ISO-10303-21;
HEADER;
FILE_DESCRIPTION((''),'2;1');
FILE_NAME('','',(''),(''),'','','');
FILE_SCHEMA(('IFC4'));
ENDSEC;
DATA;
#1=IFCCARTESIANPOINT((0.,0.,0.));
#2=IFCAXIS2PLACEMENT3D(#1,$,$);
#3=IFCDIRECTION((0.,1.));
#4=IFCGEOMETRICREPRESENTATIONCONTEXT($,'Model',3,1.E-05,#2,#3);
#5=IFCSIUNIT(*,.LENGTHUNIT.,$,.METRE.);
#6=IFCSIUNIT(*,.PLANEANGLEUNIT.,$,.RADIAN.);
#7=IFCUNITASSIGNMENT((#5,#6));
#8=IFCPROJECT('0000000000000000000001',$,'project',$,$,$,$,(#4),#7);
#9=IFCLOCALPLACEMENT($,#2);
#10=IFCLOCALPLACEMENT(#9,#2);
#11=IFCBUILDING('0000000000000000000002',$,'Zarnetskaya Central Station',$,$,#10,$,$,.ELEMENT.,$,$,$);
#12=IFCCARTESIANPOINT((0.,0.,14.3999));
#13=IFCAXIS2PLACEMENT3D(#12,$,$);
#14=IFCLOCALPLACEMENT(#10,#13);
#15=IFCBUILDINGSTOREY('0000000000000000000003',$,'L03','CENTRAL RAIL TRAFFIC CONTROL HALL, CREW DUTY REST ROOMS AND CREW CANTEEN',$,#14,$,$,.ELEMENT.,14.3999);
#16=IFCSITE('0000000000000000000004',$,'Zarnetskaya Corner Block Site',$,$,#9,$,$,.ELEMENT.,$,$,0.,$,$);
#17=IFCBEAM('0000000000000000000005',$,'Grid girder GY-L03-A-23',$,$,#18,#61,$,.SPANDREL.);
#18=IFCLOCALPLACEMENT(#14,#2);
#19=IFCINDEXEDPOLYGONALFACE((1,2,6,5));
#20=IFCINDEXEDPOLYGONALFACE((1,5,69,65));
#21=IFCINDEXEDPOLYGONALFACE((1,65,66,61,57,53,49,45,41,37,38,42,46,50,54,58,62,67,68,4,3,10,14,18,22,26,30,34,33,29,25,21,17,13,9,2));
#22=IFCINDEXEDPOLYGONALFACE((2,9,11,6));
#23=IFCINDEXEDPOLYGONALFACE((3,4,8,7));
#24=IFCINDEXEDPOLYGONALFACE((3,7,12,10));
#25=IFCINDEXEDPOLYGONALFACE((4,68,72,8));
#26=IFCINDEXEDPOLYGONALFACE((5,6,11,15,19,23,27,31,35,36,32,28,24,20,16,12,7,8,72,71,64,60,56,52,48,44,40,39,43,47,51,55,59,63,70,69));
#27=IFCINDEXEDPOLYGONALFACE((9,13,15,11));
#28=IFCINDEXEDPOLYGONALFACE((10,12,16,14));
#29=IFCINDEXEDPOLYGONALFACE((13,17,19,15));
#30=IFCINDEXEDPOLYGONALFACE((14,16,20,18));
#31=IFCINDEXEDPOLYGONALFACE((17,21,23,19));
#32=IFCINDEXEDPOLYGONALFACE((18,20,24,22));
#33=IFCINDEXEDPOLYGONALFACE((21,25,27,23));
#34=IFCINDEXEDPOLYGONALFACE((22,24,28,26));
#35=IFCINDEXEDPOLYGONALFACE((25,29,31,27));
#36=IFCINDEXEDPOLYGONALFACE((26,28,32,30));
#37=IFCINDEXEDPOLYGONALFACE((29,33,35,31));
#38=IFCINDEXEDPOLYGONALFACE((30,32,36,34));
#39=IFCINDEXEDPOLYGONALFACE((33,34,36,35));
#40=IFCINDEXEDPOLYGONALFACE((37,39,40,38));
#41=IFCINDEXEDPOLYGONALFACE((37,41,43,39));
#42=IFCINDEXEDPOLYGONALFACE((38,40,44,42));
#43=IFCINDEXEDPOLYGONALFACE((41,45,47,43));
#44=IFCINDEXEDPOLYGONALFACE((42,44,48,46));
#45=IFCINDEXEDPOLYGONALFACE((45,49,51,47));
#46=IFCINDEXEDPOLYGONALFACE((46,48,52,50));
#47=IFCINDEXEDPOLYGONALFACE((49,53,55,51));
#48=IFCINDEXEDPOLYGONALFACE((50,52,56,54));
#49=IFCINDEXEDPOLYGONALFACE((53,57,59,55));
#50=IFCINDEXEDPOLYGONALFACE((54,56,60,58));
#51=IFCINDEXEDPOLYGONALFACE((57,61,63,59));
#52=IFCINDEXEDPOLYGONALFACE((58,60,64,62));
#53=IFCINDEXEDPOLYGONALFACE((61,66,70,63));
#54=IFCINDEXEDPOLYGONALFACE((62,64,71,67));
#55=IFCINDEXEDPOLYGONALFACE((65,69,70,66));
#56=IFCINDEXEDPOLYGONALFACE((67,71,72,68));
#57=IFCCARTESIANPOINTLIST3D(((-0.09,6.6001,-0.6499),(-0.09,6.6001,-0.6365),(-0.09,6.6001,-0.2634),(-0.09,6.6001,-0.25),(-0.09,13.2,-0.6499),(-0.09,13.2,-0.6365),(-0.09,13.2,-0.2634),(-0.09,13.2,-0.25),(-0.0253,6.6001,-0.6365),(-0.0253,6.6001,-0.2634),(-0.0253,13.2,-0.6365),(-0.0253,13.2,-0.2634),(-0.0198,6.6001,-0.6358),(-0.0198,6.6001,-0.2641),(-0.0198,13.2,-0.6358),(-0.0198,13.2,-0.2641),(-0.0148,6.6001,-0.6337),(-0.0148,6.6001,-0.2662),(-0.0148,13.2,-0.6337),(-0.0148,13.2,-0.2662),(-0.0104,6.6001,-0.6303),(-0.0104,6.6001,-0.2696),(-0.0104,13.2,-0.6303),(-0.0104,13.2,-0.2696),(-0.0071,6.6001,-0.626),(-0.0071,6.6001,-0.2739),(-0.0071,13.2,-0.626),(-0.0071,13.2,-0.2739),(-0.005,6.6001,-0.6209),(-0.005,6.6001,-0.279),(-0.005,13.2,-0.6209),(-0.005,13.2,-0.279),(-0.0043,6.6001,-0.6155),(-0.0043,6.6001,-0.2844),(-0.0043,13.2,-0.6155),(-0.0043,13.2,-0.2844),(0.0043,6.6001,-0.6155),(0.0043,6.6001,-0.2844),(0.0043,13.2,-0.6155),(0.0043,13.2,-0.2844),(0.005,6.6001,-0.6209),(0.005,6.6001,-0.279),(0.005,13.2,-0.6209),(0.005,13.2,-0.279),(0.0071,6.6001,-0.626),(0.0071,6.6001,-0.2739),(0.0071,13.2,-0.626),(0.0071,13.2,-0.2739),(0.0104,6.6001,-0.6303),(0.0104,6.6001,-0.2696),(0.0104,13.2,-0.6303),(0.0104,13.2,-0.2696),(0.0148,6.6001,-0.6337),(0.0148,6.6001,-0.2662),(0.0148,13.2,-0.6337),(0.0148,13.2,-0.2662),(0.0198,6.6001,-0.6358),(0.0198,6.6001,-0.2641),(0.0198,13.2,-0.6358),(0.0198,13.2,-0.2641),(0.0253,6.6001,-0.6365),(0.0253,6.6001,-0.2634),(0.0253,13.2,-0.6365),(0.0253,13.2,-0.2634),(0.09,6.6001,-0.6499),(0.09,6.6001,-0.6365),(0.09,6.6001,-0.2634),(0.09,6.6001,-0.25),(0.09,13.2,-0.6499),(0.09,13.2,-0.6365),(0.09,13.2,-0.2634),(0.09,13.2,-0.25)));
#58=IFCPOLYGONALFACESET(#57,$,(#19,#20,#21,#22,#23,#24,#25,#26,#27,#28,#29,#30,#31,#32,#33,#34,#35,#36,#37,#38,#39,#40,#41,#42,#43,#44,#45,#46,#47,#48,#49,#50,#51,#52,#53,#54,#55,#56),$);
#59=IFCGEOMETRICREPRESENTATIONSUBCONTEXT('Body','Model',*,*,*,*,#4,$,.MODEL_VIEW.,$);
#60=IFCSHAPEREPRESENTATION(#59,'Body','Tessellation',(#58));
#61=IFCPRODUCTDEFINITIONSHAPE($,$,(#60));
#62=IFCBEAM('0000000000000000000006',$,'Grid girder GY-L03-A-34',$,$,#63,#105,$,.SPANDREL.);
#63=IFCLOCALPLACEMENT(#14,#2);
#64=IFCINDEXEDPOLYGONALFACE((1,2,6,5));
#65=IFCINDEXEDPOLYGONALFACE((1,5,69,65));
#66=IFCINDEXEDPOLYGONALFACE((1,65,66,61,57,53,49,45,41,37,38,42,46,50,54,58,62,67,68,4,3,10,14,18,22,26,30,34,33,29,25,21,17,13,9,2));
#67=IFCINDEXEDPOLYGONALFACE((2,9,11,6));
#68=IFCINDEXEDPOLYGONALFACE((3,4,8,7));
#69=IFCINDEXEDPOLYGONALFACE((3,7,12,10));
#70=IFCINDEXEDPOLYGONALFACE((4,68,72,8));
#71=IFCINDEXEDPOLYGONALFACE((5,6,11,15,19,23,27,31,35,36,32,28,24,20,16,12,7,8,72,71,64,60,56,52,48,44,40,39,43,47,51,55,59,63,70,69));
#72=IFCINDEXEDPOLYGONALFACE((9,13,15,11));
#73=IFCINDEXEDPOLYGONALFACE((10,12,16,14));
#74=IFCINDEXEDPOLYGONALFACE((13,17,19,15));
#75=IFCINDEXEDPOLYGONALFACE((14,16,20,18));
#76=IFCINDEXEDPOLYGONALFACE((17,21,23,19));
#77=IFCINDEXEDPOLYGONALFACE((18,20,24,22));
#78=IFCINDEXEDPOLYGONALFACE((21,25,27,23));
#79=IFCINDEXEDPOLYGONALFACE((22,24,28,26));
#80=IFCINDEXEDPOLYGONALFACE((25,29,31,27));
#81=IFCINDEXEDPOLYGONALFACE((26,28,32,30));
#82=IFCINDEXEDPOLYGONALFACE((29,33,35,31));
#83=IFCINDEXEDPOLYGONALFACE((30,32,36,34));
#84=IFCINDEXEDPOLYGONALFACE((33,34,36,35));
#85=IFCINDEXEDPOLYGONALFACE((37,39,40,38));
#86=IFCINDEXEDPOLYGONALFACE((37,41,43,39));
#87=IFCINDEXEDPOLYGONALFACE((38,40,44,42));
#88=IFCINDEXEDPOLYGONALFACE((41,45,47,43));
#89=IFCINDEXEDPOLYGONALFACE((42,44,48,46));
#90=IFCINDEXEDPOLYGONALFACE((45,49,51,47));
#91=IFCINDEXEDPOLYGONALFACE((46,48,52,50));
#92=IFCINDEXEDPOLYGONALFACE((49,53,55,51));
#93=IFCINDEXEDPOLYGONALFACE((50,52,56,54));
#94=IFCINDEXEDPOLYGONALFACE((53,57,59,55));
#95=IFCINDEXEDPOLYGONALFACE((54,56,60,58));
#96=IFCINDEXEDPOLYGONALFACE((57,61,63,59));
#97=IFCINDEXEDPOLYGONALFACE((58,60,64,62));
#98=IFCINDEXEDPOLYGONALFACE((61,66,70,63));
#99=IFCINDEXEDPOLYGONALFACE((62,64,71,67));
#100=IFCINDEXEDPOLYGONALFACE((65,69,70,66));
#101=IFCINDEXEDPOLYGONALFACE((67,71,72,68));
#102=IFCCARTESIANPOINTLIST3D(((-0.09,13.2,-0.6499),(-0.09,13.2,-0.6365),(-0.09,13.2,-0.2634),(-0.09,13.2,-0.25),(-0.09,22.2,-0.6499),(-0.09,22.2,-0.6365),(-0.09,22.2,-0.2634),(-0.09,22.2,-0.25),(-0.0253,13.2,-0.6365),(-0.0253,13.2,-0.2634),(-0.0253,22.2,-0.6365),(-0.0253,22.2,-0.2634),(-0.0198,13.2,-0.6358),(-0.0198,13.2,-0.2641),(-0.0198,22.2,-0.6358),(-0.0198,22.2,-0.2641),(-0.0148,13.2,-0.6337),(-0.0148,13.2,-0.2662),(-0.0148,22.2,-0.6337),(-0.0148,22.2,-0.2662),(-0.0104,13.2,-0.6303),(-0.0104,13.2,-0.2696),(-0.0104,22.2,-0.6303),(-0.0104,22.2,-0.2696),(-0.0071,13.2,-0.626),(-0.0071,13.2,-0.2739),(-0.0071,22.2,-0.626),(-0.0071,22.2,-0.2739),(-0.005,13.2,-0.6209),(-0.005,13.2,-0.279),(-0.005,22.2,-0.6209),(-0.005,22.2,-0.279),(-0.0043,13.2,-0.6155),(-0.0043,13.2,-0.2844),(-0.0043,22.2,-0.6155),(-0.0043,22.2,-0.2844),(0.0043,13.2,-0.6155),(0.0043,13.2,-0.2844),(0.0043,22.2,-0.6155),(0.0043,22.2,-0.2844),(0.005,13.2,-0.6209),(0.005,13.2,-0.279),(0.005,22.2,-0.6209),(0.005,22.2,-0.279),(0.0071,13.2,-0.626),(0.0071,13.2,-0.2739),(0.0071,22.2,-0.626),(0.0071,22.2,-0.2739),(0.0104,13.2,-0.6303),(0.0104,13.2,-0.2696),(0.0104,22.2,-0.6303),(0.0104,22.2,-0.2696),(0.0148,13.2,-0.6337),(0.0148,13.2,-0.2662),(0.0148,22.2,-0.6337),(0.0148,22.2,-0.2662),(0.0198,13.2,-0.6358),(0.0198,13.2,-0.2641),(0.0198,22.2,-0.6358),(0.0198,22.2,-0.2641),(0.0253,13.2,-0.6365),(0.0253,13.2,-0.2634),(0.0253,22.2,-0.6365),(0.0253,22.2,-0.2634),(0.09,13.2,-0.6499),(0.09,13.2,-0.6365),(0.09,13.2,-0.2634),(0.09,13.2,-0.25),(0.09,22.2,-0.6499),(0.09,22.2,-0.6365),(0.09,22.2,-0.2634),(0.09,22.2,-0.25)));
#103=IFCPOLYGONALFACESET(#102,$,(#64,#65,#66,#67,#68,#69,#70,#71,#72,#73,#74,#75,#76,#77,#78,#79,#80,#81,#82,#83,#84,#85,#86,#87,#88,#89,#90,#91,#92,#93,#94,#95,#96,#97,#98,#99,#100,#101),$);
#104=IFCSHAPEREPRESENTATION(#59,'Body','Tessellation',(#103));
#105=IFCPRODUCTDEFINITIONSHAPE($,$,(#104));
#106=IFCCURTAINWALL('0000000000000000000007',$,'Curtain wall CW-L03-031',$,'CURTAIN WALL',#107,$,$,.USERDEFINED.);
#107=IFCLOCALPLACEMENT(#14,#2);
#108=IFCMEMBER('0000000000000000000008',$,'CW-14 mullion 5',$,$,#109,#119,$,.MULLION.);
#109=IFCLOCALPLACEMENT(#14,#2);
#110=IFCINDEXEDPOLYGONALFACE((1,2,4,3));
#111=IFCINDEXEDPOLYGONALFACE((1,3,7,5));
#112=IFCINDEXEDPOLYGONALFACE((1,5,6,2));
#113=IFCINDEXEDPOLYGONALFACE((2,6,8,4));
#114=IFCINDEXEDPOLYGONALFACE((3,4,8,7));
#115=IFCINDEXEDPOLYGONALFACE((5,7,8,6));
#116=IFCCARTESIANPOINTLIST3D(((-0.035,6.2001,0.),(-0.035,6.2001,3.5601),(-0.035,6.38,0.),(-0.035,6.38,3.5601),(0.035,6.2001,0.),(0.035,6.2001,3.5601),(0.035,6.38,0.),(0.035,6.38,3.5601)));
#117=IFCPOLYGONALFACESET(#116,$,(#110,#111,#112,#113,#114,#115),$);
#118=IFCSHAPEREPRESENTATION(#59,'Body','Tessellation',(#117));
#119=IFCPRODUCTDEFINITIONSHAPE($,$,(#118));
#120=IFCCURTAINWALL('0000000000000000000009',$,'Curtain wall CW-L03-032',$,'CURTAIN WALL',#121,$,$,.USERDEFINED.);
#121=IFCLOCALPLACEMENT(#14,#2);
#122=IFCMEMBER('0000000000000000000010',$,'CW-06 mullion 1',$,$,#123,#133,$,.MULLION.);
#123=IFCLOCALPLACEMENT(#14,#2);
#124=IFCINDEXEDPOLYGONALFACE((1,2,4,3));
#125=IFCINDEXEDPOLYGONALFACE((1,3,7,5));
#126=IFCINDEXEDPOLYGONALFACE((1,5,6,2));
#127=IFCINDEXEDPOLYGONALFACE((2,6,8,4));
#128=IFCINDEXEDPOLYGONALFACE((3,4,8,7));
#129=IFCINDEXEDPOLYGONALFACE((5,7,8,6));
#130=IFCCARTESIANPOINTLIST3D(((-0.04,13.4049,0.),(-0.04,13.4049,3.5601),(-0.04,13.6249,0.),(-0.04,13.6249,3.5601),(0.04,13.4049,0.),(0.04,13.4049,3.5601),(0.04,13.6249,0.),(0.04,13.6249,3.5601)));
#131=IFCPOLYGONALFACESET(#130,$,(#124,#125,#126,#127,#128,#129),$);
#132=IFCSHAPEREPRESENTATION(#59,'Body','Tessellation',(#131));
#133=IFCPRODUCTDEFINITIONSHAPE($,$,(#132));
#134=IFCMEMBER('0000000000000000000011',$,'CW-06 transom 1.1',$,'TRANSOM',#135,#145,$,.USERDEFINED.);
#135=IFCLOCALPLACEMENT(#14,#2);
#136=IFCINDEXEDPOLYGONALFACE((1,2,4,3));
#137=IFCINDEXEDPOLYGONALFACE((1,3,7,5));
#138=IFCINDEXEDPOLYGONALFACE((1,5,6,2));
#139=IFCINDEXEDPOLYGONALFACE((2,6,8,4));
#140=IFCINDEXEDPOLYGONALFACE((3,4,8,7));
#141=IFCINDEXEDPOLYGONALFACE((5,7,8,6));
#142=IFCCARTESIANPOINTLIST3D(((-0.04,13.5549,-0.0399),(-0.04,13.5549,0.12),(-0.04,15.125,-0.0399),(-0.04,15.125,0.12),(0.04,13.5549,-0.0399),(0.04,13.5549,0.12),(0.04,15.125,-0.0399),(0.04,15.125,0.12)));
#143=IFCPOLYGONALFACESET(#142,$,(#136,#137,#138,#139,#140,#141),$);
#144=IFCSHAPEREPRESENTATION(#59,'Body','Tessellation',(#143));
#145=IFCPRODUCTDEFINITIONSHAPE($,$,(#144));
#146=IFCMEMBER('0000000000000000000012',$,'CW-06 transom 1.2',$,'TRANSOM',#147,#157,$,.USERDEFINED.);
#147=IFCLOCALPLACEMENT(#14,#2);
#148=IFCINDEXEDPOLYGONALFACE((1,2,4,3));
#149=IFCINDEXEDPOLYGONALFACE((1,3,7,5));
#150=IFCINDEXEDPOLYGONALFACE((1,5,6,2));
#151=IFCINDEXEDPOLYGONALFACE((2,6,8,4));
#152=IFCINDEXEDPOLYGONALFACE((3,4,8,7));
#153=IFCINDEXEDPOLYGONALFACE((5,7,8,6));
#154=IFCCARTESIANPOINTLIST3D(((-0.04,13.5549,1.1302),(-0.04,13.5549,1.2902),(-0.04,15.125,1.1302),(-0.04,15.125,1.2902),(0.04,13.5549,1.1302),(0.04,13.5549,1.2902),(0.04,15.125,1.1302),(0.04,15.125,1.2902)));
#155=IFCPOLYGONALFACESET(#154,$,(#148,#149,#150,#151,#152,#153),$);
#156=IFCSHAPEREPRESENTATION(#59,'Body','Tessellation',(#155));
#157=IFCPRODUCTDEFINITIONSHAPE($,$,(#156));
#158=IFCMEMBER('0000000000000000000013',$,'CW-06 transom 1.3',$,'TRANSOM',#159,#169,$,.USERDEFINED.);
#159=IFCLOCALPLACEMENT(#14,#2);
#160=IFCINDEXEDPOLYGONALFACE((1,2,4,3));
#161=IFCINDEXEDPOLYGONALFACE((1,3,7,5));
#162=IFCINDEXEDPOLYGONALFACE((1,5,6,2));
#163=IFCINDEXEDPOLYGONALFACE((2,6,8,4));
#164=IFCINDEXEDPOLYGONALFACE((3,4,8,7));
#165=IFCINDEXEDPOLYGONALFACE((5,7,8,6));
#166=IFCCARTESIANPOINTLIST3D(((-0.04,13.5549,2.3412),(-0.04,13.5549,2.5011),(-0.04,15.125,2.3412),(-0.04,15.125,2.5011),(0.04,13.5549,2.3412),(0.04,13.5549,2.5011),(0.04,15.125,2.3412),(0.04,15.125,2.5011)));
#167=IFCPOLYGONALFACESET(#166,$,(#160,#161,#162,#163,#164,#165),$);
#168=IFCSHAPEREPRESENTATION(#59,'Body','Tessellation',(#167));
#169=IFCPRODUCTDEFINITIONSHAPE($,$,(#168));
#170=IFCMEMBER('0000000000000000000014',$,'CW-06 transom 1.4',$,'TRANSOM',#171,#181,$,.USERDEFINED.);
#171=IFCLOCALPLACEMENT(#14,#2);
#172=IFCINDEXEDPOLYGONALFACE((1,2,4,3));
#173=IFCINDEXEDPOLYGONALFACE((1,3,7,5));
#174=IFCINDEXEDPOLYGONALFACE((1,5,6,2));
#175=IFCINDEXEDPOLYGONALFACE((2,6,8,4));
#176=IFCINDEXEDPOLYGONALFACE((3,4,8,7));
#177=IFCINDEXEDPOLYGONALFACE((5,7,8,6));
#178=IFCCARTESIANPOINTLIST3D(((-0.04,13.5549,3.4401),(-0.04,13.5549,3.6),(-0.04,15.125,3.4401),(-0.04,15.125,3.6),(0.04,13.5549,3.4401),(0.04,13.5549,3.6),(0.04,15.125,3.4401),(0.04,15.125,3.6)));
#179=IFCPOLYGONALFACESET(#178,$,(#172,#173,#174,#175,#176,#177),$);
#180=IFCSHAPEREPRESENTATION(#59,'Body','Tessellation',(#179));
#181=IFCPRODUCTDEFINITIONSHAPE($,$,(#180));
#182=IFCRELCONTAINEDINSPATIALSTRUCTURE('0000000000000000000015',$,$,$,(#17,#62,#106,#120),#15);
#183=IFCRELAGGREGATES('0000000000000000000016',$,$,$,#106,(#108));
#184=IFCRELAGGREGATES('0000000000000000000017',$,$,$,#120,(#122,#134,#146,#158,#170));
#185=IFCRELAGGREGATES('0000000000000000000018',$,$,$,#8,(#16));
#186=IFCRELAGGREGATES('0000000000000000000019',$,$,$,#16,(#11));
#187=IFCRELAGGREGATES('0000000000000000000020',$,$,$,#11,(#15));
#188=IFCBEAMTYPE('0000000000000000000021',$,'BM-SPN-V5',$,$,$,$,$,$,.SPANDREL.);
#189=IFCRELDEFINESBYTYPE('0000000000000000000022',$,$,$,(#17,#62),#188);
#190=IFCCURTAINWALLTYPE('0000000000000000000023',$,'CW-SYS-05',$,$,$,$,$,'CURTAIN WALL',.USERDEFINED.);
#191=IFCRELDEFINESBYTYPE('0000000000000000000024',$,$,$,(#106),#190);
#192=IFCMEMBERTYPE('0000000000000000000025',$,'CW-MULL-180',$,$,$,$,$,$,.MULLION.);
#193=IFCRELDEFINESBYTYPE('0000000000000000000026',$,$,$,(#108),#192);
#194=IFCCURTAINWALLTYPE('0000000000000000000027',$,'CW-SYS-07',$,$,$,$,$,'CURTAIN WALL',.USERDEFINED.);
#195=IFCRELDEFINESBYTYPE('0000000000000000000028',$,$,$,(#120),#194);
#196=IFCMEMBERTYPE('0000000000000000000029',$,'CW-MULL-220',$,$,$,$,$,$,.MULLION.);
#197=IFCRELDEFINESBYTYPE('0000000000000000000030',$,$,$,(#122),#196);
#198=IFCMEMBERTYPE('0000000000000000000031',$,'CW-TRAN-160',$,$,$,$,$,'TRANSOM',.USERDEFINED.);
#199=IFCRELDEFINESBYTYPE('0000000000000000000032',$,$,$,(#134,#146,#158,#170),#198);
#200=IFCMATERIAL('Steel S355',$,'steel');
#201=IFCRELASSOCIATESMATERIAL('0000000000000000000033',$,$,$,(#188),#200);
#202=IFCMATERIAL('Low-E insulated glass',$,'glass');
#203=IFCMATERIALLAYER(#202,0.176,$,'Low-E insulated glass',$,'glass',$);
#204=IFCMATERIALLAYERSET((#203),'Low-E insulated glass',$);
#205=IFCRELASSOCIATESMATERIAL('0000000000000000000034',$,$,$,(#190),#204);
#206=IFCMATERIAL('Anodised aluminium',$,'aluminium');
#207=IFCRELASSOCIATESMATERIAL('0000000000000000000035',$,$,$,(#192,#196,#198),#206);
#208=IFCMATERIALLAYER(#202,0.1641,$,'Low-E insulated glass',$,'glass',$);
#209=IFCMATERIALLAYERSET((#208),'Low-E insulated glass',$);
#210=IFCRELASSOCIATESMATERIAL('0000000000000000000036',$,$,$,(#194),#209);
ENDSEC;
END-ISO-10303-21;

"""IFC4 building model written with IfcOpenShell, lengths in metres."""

from ifc_helpers import new_model, si_unit, direction, frame, origin, origin_2d, place, context, subcontext, project, spatial, rectangle, i_section, extrude, material, layer, layer_set, material_profile, profile_set, type_object, element, aggregate, save


model = new_model("IFC4")

# Units and contexts
model_context = context("Model", 3, precision=1e-05, world=origin(), true_north=direction((0.0, 1.0)))
body_context = subcontext(model_context, "Body", "Model", "MODEL_VIEW")
ifc_project = project(units=[si_unit("LENGTHUNIT", "METRE"), si_unit("PLANEANGLEUNIT", "RADIAN")], contexts=[model_context])

# Site, building, storey
site_placement = place(None, origin())
site = spatial("IfcSite", under=ifc_project, at=site_placement, Name="Zarnetskaya Corner Block Site", CompositionType="ELEMENT", RefElevation=0.0)
building_placement = place(site_placement, origin())
building = spatial("IfcBuilding", under=site, at=building_placement, Name="Zarnetskaya Central Station", CompositionType="ELEMENT")
storey_placement = place(building_placement, frame((0.0, 0.0, 14.3999)))
storey = spatial("IfcBuildingStorey", under=building, at=storey_placement, Name="L03", Description="CENTRAL RAIL TRAFFIC CONTROL HALL, CREW DUTY REST ROOMS AND CREW CANTEEN", CompositionType="ELEMENT", Elevation=14.3999)

# Shared definitions
ifc_material_1 = material(Name="Steel S355", Category="steel")

# Beams
ifc_material_profile_1 = material_profile(ifc_material_1, i_section(OverallWidth=0.1799, OverallDepth=0.3999, WebThickness=0.0085, FlangeThickness=0.0134, FilletRadius=0.021, at=origin_2d()), Name="IPE 400")
ifc_profile_set_1 = profile_set([ifc_material_profile_1], Name="Steel S355")
beam_type_1 = type_object("IfcBeamType", Name="BM-SPN-V5", PredefinedType="SPANDREL", material=ifc_profile_set_1)
beam_1_placement = place(storey_placement, frame((0.0, 6.6001, -0.45), z_axis=(0.0, 1.0, 0.0), x_axis=(-1.0, 0.0, 0.0)))
element("IfcBeam", 1, at=beam_1_placement, inside=storey, type_object=beam_type_1, Name="Grid girder GY-L03-A-23", PredefinedType="SPANDREL", context=body_context, shape_type="SweptSolid", body=[
    extrude(i_section(OverallWidth=0.1799, OverallDepth=0.3999, WebThickness=0.0085, FlangeThickness=0.0134, FilletRadius=0.021, at=origin_2d()), origin(), (0.0, 0.0, 1.0), 6.5999),
])
beam_2_placement = place(storey_placement, frame((0.0, 13.2, -0.45), z_axis=(0.0, 1.0, 0.0), x_axis=(-1.0, 0.0, 0.0)))
element("IfcBeam", 2, at=beam_2_placement, inside=storey, type_object=beam_type_1, Name="Grid girder GY-L03-A-34", PredefinedType="SPANDREL", context=body_context, shape_type="SweptSolid", body=[
    extrude(i_section(OverallWidth=0.1799, OverallDepth=0.3999, WebThickness=0.0085, FlangeThickness=0.0134, FilletRadius=0.021, at=origin_2d()), origin(), (0.0, 0.0, 1.0), 9.0),
])

# Curtain wall, member
ifc_material_2 = material(Name="Low-E insulated glass", Category="glass")
ifc_layer_1 = layer(ifc_material_2, 0.176, Name="Low-E insulated glass", Category="glass")
ifc_layer_set_1 = layer_set([ifc_layer_1], Name="Low-E insulated glass")
curtain_wall_type_1 = type_object("IfcCurtainWallType", Name="CW-SYS-05", ElementType="CURTAIN WALL", PredefinedType="USERDEFINED", material=ifc_layer_set_1)
curtain_wall_1_placement = place(storey_placement, origin())
curtain_wall_1 = element("IfcCurtainWall", 3, at=curtain_wall_1_placement, inside=storey, type_object=curtain_wall_type_1, Name="Curtain wall CW-L03-031", ObjectType="CURTAIN WALL", PredefinedType="USERDEFINED")
ifc_material_3 = material(Name="Anodised aluminium", Category="aluminium")
ifc_material_profile_2 = material_profile(ifc_material_3, rectangle(XDim=0.0701, YDim=0.1799, at=origin_2d()), Name="ALU MULL 70x180")
ifc_profile_set_2 = profile_set([ifc_material_profile_2], Name="Anodised aluminium")
member_type_1 = type_object("IfcMemberType", Name="CW-MULL-180", PredefinedType="MULLION", material=ifc_profile_set_2)
member_1_placement = place(storey_placement, frame((0.0, 6.29, 0.0), z_axis=(0.0, 0.0, 1.0), x_axis=(-1.0, 0.0, 0.0)))
member_1 = element("IfcMember", 4, at=member_1_placement, type_object=member_type_1, Name="CW-14 mullion 5", PredefinedType="MULLION", context=body_context, shape_type="SweptSolid", body=[
    extrude(rectangle(XDim=0.0701, YDim=0.1799, at=origin_2d()), origin(), (0.0, 0.0, 1.0), 3.5601),
])

# Curtain wall, members
ifc_layer_2 = layer(ifc_material_2, 0.1641, Name="Low-E insulated glass", Category="glass")
ifc_layer_set_2 = layer_set([ifc_layer_2], Name="Low-E insulated glass")
curtain_wall_type_2 = type_object("IfcCurtainWallType", Name="CW-SYS-07", ElementType="CURTAIN WALL", PredefinedType="USERDEFINED", material=ifc_layer_set_2)
curtain_wall_2_placement = place(storey_placement, origin())
curtain_wall_2 = element("IfcCurtainWall", 5, at=curtain_wall_2_placement, inside=storey, type_object=curtain_wall_type_2, Name="Curtain wall CW-L03-032", ObjectType="CURTAIN WALL", PredefinedType="USERDEFINED")
ifc_material_profile_3 = material_profile(ifc_material_3, rectangle(XDim=0.0801, YDim=0.22, at=origin_2d()), Name="ALU MULL 80x220")
ifc_profile_set_3 = profile_set([ifc_material_profile_3], Name="Anodised aluminium")
member_type_2 = type_object("IfcMemberType", Name="CW-MULL-220", PredefinedType="MULLION", material=ifc_profile_set_3)
member_2_placement = place(storey_placement, frame((0.0, 13.5149, 0.0), z_axis=(0.0, 0.0, 1.0), x_axis=(-1.0, 0.0, 0.0)))
member_2 = element("IfcMember", 6, at=member_2_placement, type_object=member_type_2, Name="CW-06 mullion 1", PredefinedType="MULLION", context=body_context, shape_type="SweptSolid", body=[
    extrude(rectangle(XDim=0.0801, YDim=0.22, at=origin_2d()), origin(), (0.0, 0.0, 1.0), 3.5601),
])
ifc_material_profile_4 = material_profile(ifc_material_3, rectangle(XDim=0.0801, YDim=0.1599, at=origin_2d()), Name="ALU TRAN 80x160")
ifc_profile_set_4 = profile_set([ifc_material_profile_4], Name="Anodised aluminium")
member_type_3 = type_object("IfcMemberType", Name="CW-TRAN-160", ElementType="TRANSOM", PredefinedType="USERDEFINED", material=ifc_profile_set_4)
member_3_placement = place(storey_placement, frame((0.0, 13.5549, 0.04), z_axis=(0.0, 1.0, 0.0), x_axis=(-1.0, 0.0, 0.0)))
member_3 = element("IfcMember", 7, at=member_3_placement, type_object=member_type_3, Name="CW-06 transom 1.1", ObjectType="TRANSOM", PredefinedType="USERDEFINED", context=body_context, shape_type="SweptSolid", body=[
    extrude(rectangle(XDim=0.0801, YDim=0.1599, at=origin_2d()), origin(), (0.0, 0.0, 1.0), 1.5701),
])
member_4_placement = place(storey_placement, frame((0.0, 13.5549, 1.2102), z_axis=(0.0, 1.0, 0.0), x_axis=(-1.0, 0.0, 0.0)))
member_4 = element("IfcMember", 8, at=member_4_placement, type_object=member_type_3, Name="CW-06 transom 1.2", ObjectType="TRANSOM", PredefinedType="USERDEFINED", context=body_context, shape_type="SweptSolid", body=[
    extrude(rectangle(XDim=0.0801, YDim=0.1599, at=origin_2d()), origin(), (0.0, 0.0, 1.0), 1.5701),
])
member_5_placement = place(storey_placement, frame((0.0, 13.5549, 2.4211), z_axis=(0.0, 1.0, 0.0), x_axis=(-1.0, 0.0, 0.0)))
member_5 = element("IfcMember", 9, at=member_5_placement, type_object=member_type_3, Name="CW-06 transom 1.3", ObjectType="TRANSOM", PredefinedType="USERDEFINED", context=body_context, shape_type="SweptSolid", body=[
    extrude(rectangle(XDim=0.0801, YDim=0.1599, at=origin_2d()), origin(), (0.0, 0.0, 1.0), 1.5701),
])
member_6_placement = place(storey_placement, frame((0.0, 13.5549, 3.52), z_axis=(0.0, 1.0, 0.0), x_axis=(-1.0, 0.0, 0.0)))
member_6 = element("IfcMember", 10, at=member_6_placement, type_object=member_type_3, Name="CW-06 transom 1.4", ObjectType="TRANSOM", PredefinedType="USERDEFINED", context=body_context, shape_type="SweptSolid", body=[
    extrude(rectangle(XDim=0.0801, YDim=0.1599, at=origin_2d()), origin(), (0.0, 0.0, 1.0), 1.5701),
])

aggregate(curtain_wall_1, [member_1])
aggregate(curtain_wall_2, [member_2, member_3, member_4, member_5, member_6])

save(model, "model.ifc")
